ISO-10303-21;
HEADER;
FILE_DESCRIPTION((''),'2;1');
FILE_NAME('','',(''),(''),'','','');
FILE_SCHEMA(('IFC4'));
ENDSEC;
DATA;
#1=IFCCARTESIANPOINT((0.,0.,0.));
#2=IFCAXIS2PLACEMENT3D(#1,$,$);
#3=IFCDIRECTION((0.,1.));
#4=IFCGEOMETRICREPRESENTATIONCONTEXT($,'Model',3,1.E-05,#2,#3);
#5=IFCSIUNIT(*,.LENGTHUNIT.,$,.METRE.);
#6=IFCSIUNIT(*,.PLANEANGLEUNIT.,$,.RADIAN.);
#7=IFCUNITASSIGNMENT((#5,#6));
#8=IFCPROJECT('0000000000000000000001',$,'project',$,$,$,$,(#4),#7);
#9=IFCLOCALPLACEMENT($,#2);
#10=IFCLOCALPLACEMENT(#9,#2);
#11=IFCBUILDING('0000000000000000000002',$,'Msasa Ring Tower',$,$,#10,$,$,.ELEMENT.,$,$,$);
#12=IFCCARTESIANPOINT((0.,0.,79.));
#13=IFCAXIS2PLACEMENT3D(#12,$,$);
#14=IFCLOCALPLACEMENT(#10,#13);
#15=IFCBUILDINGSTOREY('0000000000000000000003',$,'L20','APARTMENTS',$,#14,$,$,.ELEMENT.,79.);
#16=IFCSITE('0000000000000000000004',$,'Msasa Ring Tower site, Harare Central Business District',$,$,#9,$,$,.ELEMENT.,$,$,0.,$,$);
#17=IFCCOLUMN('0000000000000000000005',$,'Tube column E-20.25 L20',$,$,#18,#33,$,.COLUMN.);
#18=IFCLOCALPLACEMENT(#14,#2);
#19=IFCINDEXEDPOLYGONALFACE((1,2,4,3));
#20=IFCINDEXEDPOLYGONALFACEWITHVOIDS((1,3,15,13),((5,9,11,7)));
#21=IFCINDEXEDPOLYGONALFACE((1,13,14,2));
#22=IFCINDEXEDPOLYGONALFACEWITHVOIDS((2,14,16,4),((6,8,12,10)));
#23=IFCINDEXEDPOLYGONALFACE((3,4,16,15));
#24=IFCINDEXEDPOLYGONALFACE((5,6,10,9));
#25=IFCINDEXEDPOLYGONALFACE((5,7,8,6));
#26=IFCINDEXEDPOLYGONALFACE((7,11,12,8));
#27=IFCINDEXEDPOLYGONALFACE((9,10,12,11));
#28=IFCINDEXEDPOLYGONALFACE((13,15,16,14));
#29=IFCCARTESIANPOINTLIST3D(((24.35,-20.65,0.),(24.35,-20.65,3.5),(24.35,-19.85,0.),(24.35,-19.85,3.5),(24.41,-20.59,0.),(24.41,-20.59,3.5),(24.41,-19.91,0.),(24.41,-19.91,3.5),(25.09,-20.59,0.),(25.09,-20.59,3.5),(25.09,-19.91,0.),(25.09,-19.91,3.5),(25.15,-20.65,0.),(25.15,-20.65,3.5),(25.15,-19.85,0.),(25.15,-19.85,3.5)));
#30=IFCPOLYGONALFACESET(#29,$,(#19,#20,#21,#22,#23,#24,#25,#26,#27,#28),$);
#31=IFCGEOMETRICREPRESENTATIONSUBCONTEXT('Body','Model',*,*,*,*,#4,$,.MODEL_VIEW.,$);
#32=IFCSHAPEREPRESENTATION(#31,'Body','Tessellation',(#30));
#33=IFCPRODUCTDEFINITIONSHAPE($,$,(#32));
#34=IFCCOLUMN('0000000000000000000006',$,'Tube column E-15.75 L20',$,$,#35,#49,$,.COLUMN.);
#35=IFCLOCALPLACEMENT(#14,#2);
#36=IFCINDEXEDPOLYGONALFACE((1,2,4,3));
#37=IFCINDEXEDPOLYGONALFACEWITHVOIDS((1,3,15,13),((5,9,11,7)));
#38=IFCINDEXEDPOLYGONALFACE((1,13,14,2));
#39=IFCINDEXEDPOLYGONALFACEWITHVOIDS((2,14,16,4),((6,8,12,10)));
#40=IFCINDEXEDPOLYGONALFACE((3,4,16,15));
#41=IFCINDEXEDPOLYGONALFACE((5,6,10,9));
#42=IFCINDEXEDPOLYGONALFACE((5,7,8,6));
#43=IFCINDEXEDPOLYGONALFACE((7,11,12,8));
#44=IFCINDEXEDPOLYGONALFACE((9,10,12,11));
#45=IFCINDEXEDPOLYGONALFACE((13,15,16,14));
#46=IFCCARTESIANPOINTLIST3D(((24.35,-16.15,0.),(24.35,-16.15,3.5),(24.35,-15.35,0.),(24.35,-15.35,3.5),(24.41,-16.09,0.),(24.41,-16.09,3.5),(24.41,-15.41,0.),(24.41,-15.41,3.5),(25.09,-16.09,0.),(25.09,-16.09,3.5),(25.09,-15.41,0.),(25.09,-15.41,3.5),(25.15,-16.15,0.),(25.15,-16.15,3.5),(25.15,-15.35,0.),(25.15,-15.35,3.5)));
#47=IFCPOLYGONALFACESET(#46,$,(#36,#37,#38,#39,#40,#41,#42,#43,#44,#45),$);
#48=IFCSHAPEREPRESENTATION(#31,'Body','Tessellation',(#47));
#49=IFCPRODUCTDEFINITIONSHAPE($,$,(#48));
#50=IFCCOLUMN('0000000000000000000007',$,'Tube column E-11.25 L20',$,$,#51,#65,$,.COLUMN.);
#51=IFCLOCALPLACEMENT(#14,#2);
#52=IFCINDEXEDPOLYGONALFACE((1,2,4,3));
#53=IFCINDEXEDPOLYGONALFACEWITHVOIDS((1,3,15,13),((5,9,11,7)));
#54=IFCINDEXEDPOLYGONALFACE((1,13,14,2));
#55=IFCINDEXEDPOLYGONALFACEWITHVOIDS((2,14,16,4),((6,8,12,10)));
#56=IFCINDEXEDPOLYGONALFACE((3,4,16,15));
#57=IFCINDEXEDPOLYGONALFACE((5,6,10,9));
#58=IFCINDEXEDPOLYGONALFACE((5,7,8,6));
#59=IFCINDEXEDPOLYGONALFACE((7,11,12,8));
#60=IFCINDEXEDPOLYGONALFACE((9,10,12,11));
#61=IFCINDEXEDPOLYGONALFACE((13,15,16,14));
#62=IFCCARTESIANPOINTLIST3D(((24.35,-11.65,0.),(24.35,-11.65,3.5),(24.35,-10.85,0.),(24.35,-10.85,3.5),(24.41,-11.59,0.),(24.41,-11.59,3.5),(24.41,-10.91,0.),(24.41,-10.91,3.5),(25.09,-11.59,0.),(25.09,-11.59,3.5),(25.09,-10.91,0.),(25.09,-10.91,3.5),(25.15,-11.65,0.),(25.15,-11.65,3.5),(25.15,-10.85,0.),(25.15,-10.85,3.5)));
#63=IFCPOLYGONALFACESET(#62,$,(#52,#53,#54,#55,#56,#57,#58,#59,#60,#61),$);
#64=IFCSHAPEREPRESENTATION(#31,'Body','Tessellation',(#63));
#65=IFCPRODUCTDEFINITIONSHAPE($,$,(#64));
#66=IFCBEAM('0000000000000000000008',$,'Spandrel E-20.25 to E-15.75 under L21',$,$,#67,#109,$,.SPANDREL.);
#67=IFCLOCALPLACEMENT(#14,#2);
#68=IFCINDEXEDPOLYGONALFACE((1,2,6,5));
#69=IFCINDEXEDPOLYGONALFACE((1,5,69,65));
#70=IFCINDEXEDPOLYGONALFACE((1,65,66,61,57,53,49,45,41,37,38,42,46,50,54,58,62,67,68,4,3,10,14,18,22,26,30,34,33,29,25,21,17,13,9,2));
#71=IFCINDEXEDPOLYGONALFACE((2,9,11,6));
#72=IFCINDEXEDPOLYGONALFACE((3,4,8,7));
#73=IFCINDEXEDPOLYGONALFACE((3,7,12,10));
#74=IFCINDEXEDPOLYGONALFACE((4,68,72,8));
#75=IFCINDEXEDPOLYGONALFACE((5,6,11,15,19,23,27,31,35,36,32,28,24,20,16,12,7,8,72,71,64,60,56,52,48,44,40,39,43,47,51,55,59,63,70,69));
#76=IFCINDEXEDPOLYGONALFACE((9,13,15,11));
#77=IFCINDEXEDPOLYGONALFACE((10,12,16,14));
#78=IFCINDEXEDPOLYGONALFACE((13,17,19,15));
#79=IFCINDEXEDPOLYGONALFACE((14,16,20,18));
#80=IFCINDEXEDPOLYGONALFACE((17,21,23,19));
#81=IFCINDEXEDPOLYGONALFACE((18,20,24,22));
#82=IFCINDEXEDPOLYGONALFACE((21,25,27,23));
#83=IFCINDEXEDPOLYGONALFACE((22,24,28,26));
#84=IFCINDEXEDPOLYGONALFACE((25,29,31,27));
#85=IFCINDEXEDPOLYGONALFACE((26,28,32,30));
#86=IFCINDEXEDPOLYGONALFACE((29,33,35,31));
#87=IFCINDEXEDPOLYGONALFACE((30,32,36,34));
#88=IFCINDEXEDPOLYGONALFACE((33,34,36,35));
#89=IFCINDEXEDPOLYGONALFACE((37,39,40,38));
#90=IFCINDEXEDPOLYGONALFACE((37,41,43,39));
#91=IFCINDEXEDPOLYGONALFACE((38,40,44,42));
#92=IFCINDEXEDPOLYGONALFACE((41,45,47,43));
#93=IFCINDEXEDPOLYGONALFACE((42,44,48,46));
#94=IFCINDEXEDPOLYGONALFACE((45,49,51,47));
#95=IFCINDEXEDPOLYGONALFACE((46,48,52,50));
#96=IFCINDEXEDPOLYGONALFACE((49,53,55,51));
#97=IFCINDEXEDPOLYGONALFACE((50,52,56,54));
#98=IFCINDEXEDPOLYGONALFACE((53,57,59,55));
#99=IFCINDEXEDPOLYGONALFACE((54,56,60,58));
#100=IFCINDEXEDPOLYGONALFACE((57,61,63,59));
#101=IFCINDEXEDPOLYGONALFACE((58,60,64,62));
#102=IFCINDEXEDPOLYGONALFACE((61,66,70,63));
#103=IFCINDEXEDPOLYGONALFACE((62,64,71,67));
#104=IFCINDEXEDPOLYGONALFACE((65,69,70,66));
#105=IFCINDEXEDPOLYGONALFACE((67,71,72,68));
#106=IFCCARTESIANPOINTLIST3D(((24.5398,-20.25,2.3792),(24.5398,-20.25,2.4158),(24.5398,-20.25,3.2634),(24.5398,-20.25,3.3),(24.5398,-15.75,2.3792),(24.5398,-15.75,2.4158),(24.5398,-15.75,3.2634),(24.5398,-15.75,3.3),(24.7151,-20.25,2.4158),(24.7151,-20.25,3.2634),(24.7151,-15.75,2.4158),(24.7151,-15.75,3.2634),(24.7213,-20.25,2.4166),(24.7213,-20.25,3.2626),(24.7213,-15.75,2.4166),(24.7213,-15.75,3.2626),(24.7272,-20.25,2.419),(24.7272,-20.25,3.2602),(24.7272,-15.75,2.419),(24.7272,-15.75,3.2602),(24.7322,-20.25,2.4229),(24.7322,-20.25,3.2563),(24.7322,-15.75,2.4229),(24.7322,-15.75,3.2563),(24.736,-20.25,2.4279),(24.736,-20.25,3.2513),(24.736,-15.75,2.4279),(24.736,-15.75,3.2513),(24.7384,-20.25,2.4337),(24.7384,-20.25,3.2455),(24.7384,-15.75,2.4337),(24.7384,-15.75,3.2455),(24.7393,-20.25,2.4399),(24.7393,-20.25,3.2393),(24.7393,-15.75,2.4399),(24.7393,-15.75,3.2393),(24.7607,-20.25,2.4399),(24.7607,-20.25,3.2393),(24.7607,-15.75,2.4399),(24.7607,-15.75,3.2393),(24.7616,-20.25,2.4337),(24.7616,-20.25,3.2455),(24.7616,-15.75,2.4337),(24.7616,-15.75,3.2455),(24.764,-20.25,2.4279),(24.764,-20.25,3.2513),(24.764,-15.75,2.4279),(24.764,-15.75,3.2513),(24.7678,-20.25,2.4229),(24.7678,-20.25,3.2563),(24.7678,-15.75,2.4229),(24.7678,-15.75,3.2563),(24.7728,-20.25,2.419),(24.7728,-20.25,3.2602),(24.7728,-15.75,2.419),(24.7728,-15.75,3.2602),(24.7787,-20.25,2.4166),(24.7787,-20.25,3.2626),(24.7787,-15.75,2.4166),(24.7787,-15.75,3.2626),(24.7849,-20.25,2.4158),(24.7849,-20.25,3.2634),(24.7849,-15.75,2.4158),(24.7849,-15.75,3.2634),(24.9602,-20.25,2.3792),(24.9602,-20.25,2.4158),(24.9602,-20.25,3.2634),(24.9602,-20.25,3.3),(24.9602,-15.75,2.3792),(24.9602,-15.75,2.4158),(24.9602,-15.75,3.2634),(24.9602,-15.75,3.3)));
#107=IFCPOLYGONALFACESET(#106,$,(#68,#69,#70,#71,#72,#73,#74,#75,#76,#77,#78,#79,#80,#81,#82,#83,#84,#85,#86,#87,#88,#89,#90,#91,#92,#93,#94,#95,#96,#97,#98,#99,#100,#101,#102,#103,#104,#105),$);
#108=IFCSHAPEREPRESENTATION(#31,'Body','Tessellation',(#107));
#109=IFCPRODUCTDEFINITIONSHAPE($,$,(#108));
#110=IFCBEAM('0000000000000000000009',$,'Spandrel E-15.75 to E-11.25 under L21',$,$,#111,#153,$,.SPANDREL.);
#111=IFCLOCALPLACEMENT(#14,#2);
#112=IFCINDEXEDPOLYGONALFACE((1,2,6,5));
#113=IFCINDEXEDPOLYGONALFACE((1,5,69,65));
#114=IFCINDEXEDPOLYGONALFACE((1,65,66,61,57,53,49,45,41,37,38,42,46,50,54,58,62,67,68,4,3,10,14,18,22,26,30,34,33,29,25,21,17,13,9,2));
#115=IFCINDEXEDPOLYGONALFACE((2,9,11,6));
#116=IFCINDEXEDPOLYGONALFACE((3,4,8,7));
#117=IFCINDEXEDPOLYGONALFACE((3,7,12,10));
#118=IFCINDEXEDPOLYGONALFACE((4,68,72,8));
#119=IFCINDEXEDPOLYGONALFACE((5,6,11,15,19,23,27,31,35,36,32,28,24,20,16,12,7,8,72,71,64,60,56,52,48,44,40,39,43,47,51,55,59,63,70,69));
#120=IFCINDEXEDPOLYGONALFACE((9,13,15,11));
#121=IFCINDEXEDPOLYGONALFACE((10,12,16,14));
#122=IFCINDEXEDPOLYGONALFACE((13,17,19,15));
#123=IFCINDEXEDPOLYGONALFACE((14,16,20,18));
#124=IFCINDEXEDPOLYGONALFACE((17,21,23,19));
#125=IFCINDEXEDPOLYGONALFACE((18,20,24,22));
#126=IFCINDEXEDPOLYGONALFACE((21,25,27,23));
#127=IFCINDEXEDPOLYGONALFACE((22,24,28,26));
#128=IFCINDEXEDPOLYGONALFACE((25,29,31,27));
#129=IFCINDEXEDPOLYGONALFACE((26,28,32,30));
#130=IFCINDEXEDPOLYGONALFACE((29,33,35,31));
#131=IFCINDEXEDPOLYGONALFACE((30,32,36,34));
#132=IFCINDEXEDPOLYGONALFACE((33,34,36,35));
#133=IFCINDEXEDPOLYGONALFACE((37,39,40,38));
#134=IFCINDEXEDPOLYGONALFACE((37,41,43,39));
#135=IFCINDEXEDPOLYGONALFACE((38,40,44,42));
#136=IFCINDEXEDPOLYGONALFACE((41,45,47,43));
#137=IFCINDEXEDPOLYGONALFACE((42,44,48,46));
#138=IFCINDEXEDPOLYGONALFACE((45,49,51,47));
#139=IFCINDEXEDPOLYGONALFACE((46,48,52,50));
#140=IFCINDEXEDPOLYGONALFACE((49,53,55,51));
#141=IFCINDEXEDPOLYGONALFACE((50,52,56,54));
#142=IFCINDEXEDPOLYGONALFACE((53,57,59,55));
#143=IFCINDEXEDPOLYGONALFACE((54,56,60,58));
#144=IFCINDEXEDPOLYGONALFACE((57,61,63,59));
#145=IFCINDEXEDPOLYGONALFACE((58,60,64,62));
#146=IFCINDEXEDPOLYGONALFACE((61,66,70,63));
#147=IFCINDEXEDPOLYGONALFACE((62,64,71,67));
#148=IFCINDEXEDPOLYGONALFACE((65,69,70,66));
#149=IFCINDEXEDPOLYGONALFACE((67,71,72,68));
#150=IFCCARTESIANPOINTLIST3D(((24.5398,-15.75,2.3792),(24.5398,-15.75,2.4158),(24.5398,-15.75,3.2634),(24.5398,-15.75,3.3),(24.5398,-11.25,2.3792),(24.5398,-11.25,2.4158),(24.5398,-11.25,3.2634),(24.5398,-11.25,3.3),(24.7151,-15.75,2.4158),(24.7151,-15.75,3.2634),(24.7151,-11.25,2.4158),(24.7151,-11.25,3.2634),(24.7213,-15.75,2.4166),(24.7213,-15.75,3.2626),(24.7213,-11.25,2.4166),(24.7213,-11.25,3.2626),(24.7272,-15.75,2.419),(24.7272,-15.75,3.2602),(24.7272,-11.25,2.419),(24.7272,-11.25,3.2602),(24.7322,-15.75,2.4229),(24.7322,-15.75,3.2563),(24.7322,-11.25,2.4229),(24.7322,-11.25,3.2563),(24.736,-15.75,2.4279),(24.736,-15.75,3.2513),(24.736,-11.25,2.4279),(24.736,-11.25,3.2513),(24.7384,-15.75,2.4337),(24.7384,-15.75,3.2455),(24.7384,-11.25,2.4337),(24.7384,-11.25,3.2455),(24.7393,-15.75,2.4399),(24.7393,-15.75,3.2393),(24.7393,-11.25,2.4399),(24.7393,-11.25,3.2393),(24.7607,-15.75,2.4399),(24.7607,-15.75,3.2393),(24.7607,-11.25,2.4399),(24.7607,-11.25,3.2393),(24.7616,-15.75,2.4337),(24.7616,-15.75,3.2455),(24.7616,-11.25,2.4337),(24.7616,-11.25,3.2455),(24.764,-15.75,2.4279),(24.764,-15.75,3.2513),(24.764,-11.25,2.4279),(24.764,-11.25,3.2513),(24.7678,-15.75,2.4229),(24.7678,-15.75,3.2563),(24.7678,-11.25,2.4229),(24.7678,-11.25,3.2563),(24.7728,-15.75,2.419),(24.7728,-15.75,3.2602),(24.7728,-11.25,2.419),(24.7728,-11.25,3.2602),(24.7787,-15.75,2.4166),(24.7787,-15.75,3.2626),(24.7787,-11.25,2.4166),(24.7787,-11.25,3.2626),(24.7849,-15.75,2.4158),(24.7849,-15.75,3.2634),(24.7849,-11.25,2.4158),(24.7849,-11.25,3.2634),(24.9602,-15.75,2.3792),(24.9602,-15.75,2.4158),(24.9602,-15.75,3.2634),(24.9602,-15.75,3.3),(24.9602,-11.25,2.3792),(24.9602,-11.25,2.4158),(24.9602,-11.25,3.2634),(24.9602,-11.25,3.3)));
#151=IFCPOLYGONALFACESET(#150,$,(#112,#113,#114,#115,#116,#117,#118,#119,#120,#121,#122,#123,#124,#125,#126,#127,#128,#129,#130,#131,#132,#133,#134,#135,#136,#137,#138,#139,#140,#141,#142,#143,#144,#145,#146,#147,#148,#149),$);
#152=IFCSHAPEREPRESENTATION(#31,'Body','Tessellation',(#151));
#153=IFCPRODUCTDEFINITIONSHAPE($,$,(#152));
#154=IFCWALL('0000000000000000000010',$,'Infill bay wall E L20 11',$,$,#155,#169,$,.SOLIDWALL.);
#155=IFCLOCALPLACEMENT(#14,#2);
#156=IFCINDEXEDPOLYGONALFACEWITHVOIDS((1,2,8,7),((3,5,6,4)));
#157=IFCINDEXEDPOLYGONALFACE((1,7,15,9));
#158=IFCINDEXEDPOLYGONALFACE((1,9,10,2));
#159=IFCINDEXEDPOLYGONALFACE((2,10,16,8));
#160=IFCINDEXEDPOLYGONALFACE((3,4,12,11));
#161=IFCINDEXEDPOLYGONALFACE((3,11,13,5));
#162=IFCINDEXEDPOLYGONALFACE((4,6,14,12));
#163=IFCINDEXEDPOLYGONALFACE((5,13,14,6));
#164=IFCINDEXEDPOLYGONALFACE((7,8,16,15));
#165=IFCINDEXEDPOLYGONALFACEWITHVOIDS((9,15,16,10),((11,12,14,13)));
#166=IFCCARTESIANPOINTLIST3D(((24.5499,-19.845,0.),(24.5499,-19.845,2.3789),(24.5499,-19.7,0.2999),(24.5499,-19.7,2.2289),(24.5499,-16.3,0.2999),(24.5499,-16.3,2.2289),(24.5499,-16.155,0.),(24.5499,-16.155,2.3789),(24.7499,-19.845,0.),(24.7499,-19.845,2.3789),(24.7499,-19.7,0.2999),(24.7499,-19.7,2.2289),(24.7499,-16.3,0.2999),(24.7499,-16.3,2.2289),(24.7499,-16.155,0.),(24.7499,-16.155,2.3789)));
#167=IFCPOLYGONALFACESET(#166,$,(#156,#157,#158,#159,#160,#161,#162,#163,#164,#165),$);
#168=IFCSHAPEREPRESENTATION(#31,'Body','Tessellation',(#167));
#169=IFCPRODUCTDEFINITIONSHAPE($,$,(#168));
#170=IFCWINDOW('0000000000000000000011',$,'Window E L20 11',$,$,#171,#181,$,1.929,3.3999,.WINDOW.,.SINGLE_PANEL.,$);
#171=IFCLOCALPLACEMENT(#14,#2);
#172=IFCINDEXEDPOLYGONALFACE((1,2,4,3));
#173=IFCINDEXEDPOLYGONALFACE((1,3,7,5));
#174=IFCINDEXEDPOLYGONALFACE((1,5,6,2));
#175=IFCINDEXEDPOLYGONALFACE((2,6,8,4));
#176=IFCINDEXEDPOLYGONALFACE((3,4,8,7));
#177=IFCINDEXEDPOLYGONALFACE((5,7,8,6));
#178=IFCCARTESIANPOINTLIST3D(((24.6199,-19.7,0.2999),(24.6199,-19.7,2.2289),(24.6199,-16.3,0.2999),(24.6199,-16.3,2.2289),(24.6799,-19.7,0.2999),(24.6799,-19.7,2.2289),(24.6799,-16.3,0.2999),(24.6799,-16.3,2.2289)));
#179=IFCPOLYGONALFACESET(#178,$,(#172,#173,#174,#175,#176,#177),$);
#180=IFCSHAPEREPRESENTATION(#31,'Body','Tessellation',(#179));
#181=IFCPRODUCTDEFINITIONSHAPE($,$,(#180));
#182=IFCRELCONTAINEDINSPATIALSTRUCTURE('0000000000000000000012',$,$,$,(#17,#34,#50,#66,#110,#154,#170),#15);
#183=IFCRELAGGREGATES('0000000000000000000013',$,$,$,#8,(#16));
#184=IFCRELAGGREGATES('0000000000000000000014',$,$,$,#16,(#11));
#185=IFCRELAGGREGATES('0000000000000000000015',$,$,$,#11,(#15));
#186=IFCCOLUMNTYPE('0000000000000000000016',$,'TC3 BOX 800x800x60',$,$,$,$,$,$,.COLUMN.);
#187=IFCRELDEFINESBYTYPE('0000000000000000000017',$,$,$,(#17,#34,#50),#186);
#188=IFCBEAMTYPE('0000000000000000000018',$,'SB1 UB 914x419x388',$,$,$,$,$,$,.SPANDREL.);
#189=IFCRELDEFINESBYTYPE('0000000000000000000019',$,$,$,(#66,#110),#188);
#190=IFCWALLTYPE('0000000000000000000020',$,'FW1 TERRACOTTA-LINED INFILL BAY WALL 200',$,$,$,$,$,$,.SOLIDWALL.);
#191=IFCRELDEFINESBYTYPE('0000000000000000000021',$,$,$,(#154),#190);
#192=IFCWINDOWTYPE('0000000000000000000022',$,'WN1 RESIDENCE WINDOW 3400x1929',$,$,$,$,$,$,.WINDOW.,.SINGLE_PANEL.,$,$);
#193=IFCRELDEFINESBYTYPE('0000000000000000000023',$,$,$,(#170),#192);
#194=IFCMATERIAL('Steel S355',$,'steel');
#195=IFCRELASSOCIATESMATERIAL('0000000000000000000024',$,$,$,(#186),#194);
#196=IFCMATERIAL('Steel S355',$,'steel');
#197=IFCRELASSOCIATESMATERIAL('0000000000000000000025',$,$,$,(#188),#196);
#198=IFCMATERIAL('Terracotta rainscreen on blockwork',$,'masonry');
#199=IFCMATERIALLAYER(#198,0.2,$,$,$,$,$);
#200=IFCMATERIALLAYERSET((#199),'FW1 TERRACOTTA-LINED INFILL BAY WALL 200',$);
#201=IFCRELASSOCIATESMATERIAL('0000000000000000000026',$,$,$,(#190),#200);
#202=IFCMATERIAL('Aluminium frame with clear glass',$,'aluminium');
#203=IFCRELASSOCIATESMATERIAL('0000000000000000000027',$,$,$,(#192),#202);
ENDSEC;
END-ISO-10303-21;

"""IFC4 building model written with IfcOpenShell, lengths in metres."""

from ifc_helpers import new_model, si_unit, direction, frame, frame_2d, origin, origin_2d, place, context, subcontext, project, spatial, rectangle, hollow_rectangle, i_section, extrude, material, layer, layer_set, material_profile, profile_set, type_object, element, fill, save


model = new_model("IFC4")

# Units and contexts
model_context = context("Model", 3, precision=1e-05, world=origin(), true_north=direction((0.0, 1.0)))
body_context = subcontext(model_context, "Body", "Model", "MODEL_VIEW")
ifc_project = project(units=[si_unit("LENGTHUNIT", "METRE"), si_unit("PLANEANGLEUNIT", "RADIAN")], contexts=[model_context])

# Site, building, storey
site_placement = place(None, origin())
site = spatial("IfcSite", under=ifc_project, at=site_placement, Name="Msasa Ring Tower site, Harare Central Business District", CompositionType="ELEMENT", RefElevation=0.0)
building_placement = place(site_placement, origin())
building = spatial("IfcBuilding", under=site, at=building_placement, Name="Msasa Ring Tower", CompositionType="ELEMENT")
storey_placement = place(building_placement, frame((0.0, 0.0, 79.0)))
storey = spatial("IfcBuildingStorey", under=building, at=storey_placement, Name="L20", Description="APARTMENTS", CompositionType="ELEMENT", Elevation=79.0)

# Columns
ifc_material_1 = material(Name="Steel S355", Category="steel")
ifc_material_profile_1 = material_profile(ifc_material_1, hollow_rectangle(XDim=0.8, YDim=0.8, WallThickness=0.0601, at=origin_2d()), Name="BOX 800x800x60")
ifc_profile_set_1 = profile_set([ifc_material_profile_1], Name="Steel S355")
column_type = type_object("IfcColumnType", Name="TC3 BOX 800x800x60", PredefinedType="COLUMN", material=ifc_profile_set_1)
for number, where, z_axis, x_axis, name in (
    (1, (24.75, -20.25, 0.0), (0.0, 0.0, 1.0), (1.0, 0.0, 0.0), "Tube column E-20.25 L20"),
    (2, (24.75, -15.75, 0.0), (0.0, 0.0, 1.0), (1.0, 0.0, 0.0), "Tube column E-15.75 L20"),
    (3, (24.75, -11.25, 0.0), (0.0, 0.0, 1.0), (1.0, 0.0, 0.0), "Tube column E-11.25 L20"),
):
    element("IfcColumn", number, at=place(storey_placement, frame(where, z_axis=z_axis, x_axis=x_axis)), inside=storey, type_object=column_type, Name=name, PredefinedType="COLUMN", context=body_context, shape_type="SweptSolid", body=[
        extrude(hollow_rectangle(XDim=0.8, YDim=0.8, WallThickness=0.0601, at=origin_2d()), origin(), (0.0, 0.0, 1.0), 3.5),
    ])

# Beams
ifc_material_2 = material(Name="Steel S355", Category="steel")
ifc_material_profile_2 = material_profile(ifc_material_2, i_section(OverallWidth=0.4204, OverallDepth=0.9209, WebThickness=0.0215, FlangeThickness=0.0366, FilletRadius=0.0242, at=origin_2d()), Name="UB 914x419x388")
ifc_profile_set_2 = profile_set([ifc_material_profile_2], Name="Steel S355")
beam_type = type_object("IfcBeamType", Name="SB1 UB 914x419x388", PredefinedType="SPANDREL", material=ifc_profile_set_2)
for number, where, z_axis, x_axis, name in (
    (4, (24.75, -20.25, 2.8396), (0.0, 1.0, 0.0), (-1.0, 0.0, 0.0), "Spandrel E-20.25 to E-15.75 under L21"),
    (5, (24.75, -15.75, 2.8396), (0.0, 1.0, 0.0), (-1.0, 0.0, 0.0), "Spandrel E-15.75 to E-11.25 under L21"),
):
    element("IfcBeam", number, at=place(storey_placement, frame(where, z_axis=z_axis, x_axis=x_axis)), inside=storey, type_object=beam_type, Name=name, PredefinedType="SPANDREL", context=body_context, shape_type="SweptSolid", body=[
        extrude(i_section(OverallWidth=0.4204, OverallDepth=0.9209, WebThickness=0.0215, FlangeThickness=0.0366, FilletRadius=0.0242, at=origin_2d()), origin(), (0.0, 0.0, 1.0), 4.5),
    ])

# Wall, opening, window
ifc_material_3 = material(Name="Terracotta rainscreen on blockwork", Category="masonry")
ifc_layer_1 = layer(ifc_material_3, 0.2)
ifc_layer_set_1 = layer_set([ifc_layer_1], Name="FW1 TERRACOTTA-LINED INFILL BAY WALL 200")
wall_type_1 = type_object("IfcWallType", Name="FW1 TERRACOTTA-LINED INFILL BAY WALL 200", PredefinedType="SOLIDWALL", material=ifc_layer_set_1)
wall_1_placement = place(storey_placement, frame((24.6499, -19.845, 0.0), z_axis=(0.0, 0.0, 1.0), x_axis=(0.0, 1.0, 0.0)))
wall_1 = element("IfcWall", 6, at=wall_1_placement, inside=storey, type_object=wall_type_1, Name="Infill bay wall E L20 11", PredefinedType="SOLIDWALL", context=body_context, shape_type="SweptSolid", body=[
    extrude(rectangle(XDim=3.6899, YDim=0.2, at=frame_2d((1.845, 0.0))), origin(), (0.0, 0.0, 1.0), 2.3789),
])
opening_1_placement = place(wall_1_placement, frame((0.145, 0.0, 0.3)))
opening_1 = element("IfcOpeningElement", 7, at=opening_1_placement, cuts=wall_1, PredefinedType="OPENING", context=body_context, shape_type="SweptSolid", body=[
    extrude(rectangle(XDim=3.3999, YDim=1.929, at=frame_2d((1.7, 0.9644))), frame((0.0, 0.1099, 0.0), z_axis=(0.0, -1.0, 0.0), x_axis=(1.0, 0.0, 0.0)), (0.0, 0.0, 1.0), 0.22),
])
ifc_material_4 = material(Name="Aluminium frame with clear glass", Category="aluminium")
window_type = type_object("IfcWindowType", Name="WN1 RESIDENCE WINDOW 3400x1929", PartitioningType="SINGLE_PANEL", PredefinedType="WINDOW", material=ifc_material_4)
window_1_placement = place(opening_1_placement, origin())
window_1 = element("IfcWindow", 8, at=window_1_placement, inside=storey, type_object=window_type, Name="Window E L20 11", OverallHeight=1.929, OverallWidth=3.3999, PartitioningType="SINGLE_PANEL", PredefinedType="WINDOW", context=body_context, shape_type="SweptSolid", body=[
    extrude(rectangle(XDim=3.3999, YDim=1.929, at=frame_2d((1.7, 0.9644))), frame((0.0, 0.03, 0.0), z_axis=(0.0, -1.0, 0.0), x_axis=(1.0, 0.0, 0.0)), (0.0, 0.0, 1.0), 0.0601),
])
fill(opening_1, window_1)

save(model, "model.ifc")
